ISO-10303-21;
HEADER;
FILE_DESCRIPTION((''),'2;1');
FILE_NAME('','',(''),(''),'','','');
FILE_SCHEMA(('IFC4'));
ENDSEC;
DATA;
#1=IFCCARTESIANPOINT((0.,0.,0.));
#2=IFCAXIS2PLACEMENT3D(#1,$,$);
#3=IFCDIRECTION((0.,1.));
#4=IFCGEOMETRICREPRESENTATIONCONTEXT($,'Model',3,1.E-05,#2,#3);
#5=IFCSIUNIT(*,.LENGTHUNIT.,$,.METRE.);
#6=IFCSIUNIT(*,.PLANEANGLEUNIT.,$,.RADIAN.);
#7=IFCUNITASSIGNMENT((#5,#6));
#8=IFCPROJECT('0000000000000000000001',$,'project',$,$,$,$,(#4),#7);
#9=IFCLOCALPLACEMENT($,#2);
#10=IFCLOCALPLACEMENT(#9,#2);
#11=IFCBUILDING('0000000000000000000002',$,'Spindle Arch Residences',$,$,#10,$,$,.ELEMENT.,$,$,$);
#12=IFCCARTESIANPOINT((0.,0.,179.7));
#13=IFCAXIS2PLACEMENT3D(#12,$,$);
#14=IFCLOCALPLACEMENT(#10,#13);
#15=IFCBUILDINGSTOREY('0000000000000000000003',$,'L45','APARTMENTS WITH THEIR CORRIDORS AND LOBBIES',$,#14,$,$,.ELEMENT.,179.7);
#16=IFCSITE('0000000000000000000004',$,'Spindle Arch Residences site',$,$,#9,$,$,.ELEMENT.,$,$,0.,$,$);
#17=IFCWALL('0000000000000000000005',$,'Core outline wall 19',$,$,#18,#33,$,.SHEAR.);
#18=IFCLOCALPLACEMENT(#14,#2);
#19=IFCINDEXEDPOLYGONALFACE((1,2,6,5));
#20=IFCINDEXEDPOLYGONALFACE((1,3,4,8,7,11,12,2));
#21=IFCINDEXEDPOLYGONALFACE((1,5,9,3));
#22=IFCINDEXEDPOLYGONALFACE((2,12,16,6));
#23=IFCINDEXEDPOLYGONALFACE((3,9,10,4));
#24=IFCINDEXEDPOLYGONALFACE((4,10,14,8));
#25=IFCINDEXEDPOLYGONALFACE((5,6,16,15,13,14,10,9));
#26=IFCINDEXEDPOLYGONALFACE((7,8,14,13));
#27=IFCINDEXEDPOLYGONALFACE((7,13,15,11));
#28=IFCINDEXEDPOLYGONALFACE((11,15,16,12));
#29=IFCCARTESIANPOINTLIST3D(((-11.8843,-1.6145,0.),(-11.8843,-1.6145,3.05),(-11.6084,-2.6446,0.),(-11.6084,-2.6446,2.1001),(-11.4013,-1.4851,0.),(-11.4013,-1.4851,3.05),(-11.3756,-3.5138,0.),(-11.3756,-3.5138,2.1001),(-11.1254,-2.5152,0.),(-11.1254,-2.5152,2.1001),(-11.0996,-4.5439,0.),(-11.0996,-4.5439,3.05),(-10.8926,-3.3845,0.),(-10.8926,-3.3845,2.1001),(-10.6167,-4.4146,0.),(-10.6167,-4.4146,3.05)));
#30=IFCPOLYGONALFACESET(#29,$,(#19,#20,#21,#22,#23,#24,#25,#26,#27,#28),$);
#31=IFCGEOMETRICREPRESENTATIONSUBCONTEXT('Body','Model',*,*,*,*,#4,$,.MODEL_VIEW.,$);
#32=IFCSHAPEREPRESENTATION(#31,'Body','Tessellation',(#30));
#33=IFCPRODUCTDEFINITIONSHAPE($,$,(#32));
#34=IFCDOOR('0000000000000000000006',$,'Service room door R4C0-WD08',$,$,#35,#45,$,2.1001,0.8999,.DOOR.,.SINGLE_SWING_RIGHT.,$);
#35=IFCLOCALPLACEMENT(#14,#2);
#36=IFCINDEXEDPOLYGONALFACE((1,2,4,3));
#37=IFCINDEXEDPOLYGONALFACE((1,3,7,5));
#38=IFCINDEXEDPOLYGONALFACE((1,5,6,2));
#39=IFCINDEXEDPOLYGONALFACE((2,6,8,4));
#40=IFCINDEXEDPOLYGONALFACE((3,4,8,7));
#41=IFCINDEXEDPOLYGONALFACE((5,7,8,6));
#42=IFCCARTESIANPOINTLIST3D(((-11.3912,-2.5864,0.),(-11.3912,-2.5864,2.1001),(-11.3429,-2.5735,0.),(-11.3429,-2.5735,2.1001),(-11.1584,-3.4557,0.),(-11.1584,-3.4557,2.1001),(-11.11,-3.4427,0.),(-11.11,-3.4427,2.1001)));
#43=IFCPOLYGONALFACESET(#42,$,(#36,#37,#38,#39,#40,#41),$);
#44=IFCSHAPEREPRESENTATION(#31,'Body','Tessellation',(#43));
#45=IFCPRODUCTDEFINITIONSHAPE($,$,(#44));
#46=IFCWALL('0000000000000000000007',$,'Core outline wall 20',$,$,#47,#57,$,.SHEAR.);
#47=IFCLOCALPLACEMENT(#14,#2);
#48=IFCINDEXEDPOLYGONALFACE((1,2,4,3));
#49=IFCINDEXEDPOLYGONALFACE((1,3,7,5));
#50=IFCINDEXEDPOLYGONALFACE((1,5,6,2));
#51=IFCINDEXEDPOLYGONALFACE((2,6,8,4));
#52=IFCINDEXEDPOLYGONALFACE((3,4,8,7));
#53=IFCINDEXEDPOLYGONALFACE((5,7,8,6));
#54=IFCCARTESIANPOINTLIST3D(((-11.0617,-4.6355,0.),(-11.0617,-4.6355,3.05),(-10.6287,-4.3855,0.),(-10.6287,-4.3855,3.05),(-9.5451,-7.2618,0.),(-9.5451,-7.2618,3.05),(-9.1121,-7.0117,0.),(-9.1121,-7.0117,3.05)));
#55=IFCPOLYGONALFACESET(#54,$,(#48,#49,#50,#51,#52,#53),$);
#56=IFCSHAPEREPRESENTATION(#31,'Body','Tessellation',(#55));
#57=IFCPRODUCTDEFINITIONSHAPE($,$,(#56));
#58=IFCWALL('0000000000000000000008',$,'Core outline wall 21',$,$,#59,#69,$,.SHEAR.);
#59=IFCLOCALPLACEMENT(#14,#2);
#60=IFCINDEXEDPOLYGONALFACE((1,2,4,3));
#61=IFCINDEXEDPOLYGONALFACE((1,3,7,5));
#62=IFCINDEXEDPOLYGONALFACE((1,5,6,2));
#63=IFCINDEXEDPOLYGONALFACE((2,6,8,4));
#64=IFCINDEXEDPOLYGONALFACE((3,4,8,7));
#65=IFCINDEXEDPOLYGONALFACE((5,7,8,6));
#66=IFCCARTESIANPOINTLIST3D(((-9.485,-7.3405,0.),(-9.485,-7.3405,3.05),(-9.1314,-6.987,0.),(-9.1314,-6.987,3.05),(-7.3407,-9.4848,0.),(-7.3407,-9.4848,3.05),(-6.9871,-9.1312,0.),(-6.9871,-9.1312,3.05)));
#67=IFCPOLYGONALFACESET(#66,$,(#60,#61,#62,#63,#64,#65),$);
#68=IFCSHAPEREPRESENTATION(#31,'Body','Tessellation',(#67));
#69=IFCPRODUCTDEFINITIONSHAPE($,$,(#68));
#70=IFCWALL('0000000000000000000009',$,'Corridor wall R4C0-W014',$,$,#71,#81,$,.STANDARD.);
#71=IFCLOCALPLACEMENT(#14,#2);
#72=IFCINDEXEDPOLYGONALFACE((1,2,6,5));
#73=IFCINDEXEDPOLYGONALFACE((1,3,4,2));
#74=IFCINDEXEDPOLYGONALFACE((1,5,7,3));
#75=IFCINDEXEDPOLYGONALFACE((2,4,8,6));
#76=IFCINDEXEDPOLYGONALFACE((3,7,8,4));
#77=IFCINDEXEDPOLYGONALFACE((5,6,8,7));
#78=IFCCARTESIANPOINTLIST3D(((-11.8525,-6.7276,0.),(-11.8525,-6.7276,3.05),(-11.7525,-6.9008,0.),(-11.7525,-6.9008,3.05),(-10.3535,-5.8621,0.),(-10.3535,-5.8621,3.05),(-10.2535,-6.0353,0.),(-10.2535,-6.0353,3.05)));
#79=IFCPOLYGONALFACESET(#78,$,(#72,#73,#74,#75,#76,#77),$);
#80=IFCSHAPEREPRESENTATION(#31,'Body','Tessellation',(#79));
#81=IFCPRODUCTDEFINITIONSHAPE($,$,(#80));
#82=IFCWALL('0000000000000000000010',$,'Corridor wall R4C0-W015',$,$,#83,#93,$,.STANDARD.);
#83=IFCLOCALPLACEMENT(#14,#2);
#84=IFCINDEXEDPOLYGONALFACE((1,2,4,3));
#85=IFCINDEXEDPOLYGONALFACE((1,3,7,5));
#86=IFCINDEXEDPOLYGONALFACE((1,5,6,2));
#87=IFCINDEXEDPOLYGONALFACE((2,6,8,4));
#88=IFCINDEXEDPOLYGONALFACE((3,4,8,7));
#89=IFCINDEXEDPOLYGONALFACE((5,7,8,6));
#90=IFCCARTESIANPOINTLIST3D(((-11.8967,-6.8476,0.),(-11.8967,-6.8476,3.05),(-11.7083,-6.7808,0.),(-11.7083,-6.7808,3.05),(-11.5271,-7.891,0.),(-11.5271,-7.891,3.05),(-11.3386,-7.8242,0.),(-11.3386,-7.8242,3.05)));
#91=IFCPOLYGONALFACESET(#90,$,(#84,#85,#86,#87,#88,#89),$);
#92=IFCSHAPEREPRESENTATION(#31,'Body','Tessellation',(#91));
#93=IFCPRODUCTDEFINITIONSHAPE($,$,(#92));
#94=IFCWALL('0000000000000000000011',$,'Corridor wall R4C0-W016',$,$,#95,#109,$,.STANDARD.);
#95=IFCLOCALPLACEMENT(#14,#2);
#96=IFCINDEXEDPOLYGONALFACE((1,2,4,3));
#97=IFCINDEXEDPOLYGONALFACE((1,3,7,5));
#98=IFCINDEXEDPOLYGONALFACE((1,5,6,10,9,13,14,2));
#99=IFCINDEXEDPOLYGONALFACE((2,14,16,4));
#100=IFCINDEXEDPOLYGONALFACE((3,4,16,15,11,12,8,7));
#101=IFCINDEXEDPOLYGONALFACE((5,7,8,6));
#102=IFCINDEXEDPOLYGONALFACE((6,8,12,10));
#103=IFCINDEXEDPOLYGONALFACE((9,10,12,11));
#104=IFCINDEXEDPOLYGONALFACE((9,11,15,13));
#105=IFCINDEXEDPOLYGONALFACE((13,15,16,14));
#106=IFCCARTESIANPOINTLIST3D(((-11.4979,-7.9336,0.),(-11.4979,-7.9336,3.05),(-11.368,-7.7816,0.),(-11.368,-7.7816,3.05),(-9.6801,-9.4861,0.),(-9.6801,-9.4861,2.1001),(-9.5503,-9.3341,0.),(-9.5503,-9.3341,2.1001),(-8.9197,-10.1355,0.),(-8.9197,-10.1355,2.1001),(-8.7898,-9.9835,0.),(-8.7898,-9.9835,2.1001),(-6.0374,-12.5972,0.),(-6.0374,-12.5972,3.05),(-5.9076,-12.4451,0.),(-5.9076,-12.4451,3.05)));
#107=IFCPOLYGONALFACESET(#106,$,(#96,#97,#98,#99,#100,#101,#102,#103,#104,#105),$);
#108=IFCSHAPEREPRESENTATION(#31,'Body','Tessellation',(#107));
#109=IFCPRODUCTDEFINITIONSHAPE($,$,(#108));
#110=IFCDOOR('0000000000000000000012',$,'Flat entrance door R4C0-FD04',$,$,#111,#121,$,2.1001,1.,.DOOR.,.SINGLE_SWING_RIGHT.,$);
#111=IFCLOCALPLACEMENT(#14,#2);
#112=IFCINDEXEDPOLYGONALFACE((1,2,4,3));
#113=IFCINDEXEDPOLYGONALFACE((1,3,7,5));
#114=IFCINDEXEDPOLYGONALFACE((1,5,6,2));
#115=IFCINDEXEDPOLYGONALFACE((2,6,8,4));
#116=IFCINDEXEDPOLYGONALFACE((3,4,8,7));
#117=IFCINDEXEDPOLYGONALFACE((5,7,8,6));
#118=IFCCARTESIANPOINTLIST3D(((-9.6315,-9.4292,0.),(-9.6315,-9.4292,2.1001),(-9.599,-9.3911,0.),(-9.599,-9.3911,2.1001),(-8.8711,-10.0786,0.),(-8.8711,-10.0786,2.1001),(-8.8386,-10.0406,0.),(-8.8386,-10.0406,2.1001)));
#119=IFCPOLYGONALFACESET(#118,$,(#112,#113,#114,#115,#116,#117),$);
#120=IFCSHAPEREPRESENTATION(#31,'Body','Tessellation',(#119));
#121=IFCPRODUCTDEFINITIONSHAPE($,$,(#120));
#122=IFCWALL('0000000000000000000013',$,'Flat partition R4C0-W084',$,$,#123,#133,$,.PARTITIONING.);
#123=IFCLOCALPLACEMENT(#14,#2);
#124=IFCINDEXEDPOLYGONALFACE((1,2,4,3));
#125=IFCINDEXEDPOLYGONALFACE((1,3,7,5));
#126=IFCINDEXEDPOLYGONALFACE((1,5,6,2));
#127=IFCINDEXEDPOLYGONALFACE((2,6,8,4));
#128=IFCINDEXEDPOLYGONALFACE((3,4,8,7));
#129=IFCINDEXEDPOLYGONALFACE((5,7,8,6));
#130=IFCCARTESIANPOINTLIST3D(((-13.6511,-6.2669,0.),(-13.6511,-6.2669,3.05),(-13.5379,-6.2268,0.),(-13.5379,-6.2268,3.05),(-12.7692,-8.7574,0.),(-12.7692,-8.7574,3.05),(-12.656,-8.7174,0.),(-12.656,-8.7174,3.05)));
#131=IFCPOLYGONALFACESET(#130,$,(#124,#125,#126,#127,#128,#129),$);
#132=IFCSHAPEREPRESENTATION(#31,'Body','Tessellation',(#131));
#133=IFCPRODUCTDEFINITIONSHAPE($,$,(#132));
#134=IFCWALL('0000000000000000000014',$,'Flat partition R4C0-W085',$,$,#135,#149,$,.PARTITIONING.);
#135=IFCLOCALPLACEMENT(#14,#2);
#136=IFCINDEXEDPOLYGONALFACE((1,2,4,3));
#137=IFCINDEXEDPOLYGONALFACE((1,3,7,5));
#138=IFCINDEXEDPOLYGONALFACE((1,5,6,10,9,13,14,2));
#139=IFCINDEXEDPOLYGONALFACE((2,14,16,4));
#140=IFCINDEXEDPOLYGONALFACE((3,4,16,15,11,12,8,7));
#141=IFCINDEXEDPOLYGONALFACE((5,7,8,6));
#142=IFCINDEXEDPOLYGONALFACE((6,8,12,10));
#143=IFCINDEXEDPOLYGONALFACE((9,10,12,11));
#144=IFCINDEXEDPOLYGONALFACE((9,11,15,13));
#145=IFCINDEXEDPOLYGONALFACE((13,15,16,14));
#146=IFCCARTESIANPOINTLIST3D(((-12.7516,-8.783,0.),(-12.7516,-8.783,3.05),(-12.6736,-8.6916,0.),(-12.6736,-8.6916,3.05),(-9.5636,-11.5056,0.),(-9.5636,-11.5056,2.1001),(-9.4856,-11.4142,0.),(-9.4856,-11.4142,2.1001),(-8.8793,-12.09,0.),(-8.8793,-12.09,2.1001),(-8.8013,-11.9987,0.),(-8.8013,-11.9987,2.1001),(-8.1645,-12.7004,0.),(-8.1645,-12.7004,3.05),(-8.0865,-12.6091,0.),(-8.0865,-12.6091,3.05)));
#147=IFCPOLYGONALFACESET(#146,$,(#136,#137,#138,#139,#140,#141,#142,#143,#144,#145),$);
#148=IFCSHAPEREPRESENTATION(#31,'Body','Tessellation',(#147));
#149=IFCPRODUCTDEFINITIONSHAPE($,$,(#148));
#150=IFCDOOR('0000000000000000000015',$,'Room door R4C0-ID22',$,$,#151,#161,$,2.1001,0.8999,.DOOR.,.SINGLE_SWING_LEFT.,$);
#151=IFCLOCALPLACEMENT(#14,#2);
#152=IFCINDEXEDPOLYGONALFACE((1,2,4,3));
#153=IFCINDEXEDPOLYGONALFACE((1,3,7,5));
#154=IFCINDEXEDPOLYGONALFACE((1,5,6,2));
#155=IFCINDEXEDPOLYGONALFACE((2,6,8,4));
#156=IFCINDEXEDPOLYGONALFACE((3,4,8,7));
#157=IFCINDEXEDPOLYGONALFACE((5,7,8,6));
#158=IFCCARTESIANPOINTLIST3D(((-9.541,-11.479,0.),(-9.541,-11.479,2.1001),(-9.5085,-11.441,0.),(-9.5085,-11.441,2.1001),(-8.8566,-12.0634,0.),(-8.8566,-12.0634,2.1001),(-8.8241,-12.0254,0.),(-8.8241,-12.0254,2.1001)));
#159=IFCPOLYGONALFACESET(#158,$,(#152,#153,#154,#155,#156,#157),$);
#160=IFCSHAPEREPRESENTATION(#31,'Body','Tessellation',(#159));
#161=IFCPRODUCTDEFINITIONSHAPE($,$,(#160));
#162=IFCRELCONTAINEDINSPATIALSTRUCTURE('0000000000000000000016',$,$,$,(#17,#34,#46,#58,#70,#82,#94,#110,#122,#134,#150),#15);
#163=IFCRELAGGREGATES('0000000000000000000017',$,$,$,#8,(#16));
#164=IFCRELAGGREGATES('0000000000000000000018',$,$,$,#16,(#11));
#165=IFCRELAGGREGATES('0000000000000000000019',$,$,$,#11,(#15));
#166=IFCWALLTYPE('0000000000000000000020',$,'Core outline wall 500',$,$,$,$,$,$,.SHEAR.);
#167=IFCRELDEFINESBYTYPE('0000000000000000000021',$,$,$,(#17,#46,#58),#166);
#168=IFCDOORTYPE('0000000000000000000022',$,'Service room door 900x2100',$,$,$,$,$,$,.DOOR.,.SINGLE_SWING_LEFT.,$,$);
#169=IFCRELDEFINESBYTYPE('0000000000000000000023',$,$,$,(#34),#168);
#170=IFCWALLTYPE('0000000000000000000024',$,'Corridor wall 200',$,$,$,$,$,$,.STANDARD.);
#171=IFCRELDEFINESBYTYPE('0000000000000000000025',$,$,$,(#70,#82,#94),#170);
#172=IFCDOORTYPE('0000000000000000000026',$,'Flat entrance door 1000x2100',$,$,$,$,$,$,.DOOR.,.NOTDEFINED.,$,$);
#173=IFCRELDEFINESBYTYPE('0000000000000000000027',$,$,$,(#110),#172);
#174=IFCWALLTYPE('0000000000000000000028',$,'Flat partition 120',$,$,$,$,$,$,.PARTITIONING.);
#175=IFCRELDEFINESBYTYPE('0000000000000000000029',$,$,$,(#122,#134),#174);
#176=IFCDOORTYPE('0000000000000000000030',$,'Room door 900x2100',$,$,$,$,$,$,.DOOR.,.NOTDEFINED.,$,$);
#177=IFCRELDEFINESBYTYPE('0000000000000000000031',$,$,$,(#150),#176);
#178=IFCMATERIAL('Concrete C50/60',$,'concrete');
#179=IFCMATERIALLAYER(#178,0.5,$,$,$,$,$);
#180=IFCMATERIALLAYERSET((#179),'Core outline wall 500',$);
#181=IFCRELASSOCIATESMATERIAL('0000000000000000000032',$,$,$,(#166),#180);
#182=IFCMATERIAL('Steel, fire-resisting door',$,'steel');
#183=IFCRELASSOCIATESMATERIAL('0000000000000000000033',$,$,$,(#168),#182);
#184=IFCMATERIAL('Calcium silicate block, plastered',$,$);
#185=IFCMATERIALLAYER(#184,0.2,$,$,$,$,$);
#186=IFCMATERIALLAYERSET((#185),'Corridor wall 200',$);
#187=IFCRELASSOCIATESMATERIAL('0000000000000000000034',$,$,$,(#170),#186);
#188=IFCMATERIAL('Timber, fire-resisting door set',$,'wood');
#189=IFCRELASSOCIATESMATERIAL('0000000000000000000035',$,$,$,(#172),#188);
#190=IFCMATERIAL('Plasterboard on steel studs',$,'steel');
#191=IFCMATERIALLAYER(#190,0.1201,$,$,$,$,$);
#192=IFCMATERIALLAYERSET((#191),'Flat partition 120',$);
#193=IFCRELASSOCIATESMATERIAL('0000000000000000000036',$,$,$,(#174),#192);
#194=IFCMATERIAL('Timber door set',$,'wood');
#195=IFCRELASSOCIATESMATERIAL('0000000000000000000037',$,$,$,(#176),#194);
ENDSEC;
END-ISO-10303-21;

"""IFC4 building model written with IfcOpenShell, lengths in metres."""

from ifc_helpers import new_model, si_unit, direction, frame, frame_2d, origin, place, context, subcontext, project, spatial, rectangle, extrude, material, layer, layer_set, type_object, element, fill, save


model = new_model("IFC4")

# Units and contexts
model_context = context("Model", 3, precision=1e-05, world=origin(), true_north=direction((0.0, 1.0)))
body_context = subcontext(model_context, "Body", "Model", "MODEL_VIEW")
ifc_project = project(units=[si_unit("LENGTHUNIT", "METRE"), si_unit("PLANEANGLEUNIT", "RADIAN")], contexts=[model_context])

# Site, building, storey
site_placement = place(None, origin())
site = spatial("IfcSite", under=ifc_project, at=site_placement, Name="Spindle Arch Residences site", CompositionType="ELEMENT", RefElevation=0.0)
building_placement = place(site_placement, origin())
building = spatial("IfcBuilding", under=site, at=building_placement, Name="Spindle Arch Residences", CompositionType="ELEMENT")
storey_placement = place(building_placement, frame((0.0, 0.0, 179.7)))
storey = spatial("IfcBuildingStorey", under=building, at=storey_placement, Name="L45", Description="APARTMENTS WITH THEIR CORRIDORS AND LOBBIES", CompositionType="ELEMENT", Elevation=179.7)

# Wall, opening, door
ifc_material_1 = material(Name="Concrete C50/60", Category="concrete")
ifc_layer_1 = layer(ifc_material_1, 0.5)
ifc_layer_set_1 = layer_set([ifc_layer_1], Name="Core outline wall 500")
wall_type_1 = type_object("IfcWallType", Name="Core outline wall 500", PredefinedType="SHEAR", material=ifc_layer_set_1)
wall_1_placement = place(storey_placement, frame((-11.6428, -1.5498, 0.0), z_axis=(0.0, 0.0, 1.0), x_axis=(0.258735, -0.965948, 0.0)))
wall_1 = element("IfcWall", 1, at=wall_1_placement, inside=storey, type_object=wall_type_1, Name="Core outline wall 19", PredefinedType="SHEAR", context=body_context, shape_type="SweptSolid", body=[
    extrude(rectangle(XDim=3.0327, YDim=0.5, at=frame_2d((1.5164, 0.0))), origin(), (0.0, 0.0, 1.0), 3.05),
])
opening_1_placement = place(wall_1_placement, frame((1.0664, 0.0, 0.0)))
opening_1 = element("IfcOpeningElement", 2, at=opening_1_placement, cuts=wall_1, PredefinedType="OPENING", context=body_context, shape_type="SweptSolid", body=[
    extrude(rectangle(XDim=0.8999, YDim=2.1001, at=frame_2d((0.45, 1.05))), frame((0.0, 0.26, 0.0), z_axis=(0.0, -1.0, 0.0), x_axis=(1.0, 0.0, 0.0)), (0.0, 0.0, 1.0), 0.52),
])
ifc_material_2 = material(Name="Steel, fire-resisting door", Category="steel")
door_type_1 = type_object("IfcDoorType", Name="Service room door 900x2100", OperationType="SINGLE_SWING_LEFT", PredefinedType="DOOR", material=ifc_material_2)
door_1_placement = place(opening_1_placement, origin())
door_1 = element("IfcDoor", 3, at=door_1_placement, inside=storey, type_object=door_type_1, Name="Service room door R4C0-WD08", OperationType="SINGLE_SWING_RIGHT", OverallHeight=2.1001, OverallWidth=0.8999, PredefinedType="DOOR", context=body_context, shape_type="SweptSolid", body=[
    extrude(rectangle(XDim=0.8999, YDim=2.1001, at=frame_2d((0.45, 1.05))), frame((0.0, 0.0249, 0.0), z_axis=(0.0, -1.0, 0.0), x_axis=(1.0, 0.0, 0.0)), (0.0, 0.0, 1.0), 0.05),
])
fill(opening_1, door_1)

# Walls
wall_2_placement = place(storey_placement, frame((-10.8452, -4.5105, 0.0), z_axis=(0.0, 0.0, 1.0), x_axis=(0.500087, -0.865975, 0.0)))
element("IfcWall", 4, at=wall_2_placement, inside=storey, type_object=wall_type_1, Name="Core outline wall 20", PredefinedType="SHEAR", context=body_context, shape_type="SweptSolid", body=[
    extrude(rectangle(XDim=3.0327, YDim=0.5, at=frame_2d((1.5164, 0.0))), origin(), (0.0, 0.0, 1.0), 3.05),
])
wall_3_placement = place(storey_placement, frame((-9.3081, -7.1638, 0.0), z_axis=(0.0, 0.0, 1.0), x_axis=(0.707107, -0.707107, 0.0)))
element("IfcWall", 5, at=wall_3_placement, inside=storey, type_object=wall_type_1, Name="Core outline wall 21", PredefinedType="SHEAR", context=body_context, shape_type="SweptSolid", body=[
    extrude(rectangle(XDim=3.0325, YDim=0.5, at=frame_2d((1.5161, 0.0))), origin(), (0.0, 0.0, 1.0), 3.05),
])
ifc_material_3 = material(Name="Calcium silicate block, plastered")
ifc_layer_2 = layer(ifc_material_3, 0.2)
ifc_layer_set_2 = layer_set([ifc_layer_2], Name="Corridor wall 200")
wall_type_2 = type_object("IfcWallType", Name="Corridor wall 200", PredefinedType="STANDARD", material=ifc_layer_set_2)
wall_4_placement = place(storey_placement, frame((-10.3035, -5.9487, 0.0), z_axis=(0.0, 0.0, 1.0), x_axis=(-0.866021, -0.500007, 0.0)))
element("IfcWall", 6, at=wall_4_placement, inside=storey, type_object=wall_type_2, Name="Corridor wall R4C0-W014", PredefinedType="STANDARD", context=body_context, shape_type="SweptSolid", body=[
    extrude(rectangle(XDim=1.731, YDim=0.2, at=frame_2d((0.8655, 0.0))), origin(), (0.0, 0.0, 1.0), 3.05),
])
wall_5_placement = place(storey_placement, frame((-11.8025, -6.8142, 0.0), z_axis=(0.0, 0.0, 1.0), x_axis=(0.333904, -0.942607, 0.0)))
element("IfcWall", 7, at=wall_5_placement, inside=storey, type_object=wall_type_2, Name="Corridor wall R4C0-W015", PredefinedType="STANDARD", context=body_context, shape_type="SweptSolid", body=[
    extrude(rectangle(XDim=1.1069, YDim=0.2, at=frame_2d((0.5535, 0.0))), origin(), (0.0, 0.0, 1.0), 3.05),
])

# Wall, opening, door
wall_6_placement = place(storey_placement, frame((-11.4329, -7.8577, 0.0), z_axis=(0.0, 0.0, 1.0), x_axis=(0.760412, -0.649441, 0.0)))
wall_6 = element("IfcWall", 8, at=wall_6_placement, inside=storey, type_object=wall_type_2, Name="Corridor wall R4C0-W016", PredefinedType="STANDARD", context=body_context, shape_type="SweptSolid", body=[
    extrude(rectangle(XDim=7.1809, YDim=0.2, at=frame_2d((3.5903, 0.0))), origin(), (0.0, 0.0, 1.0), 3.05),
])
opening_2_placement = place(wall_6_placement, frame((2.3904, 0.0, 0.0)))
opening_2 = element("IfcOpeningElement", 9, at=opening_2_placement, cuts=wall_6, PredefinedType="OPENING", context=body_context, shape_type="SweptSolid", body=[
    extrude(rectangle(XDim=1.0, YDim=2.1001, at=frame_2d((0.5, 1.05))), frame((0.0, 0.1099, 0.0), z_axis=(0.0, -1.0, 0.0), x_axis=(1.0, 0.0, 0.0)), (0.0, 0.0, 1.0), 0.22),
])
ifc_material_4 = material(Name="Timber, fire-resisting door set", Category="wood")
door_type_2 = type_object("IfcDoorType", Name="Flat entrance door 1000x2100", OperationType="NOTDEFINED", PredefinedType="DOOR", material=ifc_material_4)
door_2_placement = place(opening_2_placement, origin())
door_2 = element("IfcDoor", 10, at=door_2_placement, inside=storey, type_object=door_type_2, Name="Flat entrance door R4C0-FD04", OperationType="SINGLE_SWING_RIGHT", OverallHeight=2.1001, OverallWidth=1.0, PredefinedType="DOOR", context=body_context, shape_type="SweptSolid", body=[
    extrude(rectangle(XDim=1.0, YDim=2.1001, at=frame_2d((0.5, 1.05))), frame((0.0, 0.0249, 0.0), z_axis=(0.0, -1.0, 0.0), x_axis=(1.0, 0.0, 0.0)), (0.0, 0.0, 1.0), 0.05),
])
fill(opening_2, door_2)

# Wall
ifc_material_5 = material(Name="Plasterboard on steel studs", Category="steel")
ifc_layer_3 = layer(ifc_material_5, 0.1201)
ifc_layer_set_3 = layer_set([ifc_layer_3], Name="Flat partition 120")
wall_type_3 = type_object("IfcWallType", Name="Flat partition 120", PredefinedType="PARTITIONING", material=ifc_layer_set_3)
wall_7_placement = place(storey_placement, frame((-13.5945, -6.2468, 0.0), z_axis=(0.0, 0.0, 1.0), x_axis=(0.333777, -0.942652, 0.0)))
element("IfcWall", 11, at=wall_7_placement, inside=storey, type_object=wall_type_3, Name="Flat partition R4C0-W084", PredefinedType="PARTITIONING", context=body_context, shape_type="SweptSolid", body=[
    extrude(rectangle(XDim=2.6421, YDim=0.1201, at=frame_2d((1.321, 0.0))), origin(), (0.0, 0.0, 1.0), 3.05),
])

# Wall, opening, door
wall_8_placement = place(storey_placement, frame((-12.7126, -8.7373, 0.0), z_axis=(0.0, 0.0, 1.0), x_axis=(0.760432, -0.649417, 0.0)))
wall_8 = element("IfcWall", 12, at=wall_8_placement, inside=storey, type_object=wall_type_3, Name="Flat partition R4C0-W085", PredefinedType="PARTITIONING", context=body_context, shape_type="SweptSolid", body=[
    extrude(rectangle(XDim=6.0322, YDim=0.1201, at=frame_2d((3.0161, 0.0))), origin(), (0.0, 0.0, 1.0), 3.05),
])
opening_3_placement = place(wall_8_placement, frame((4.1924, 0.0, 0.0)))
opening_3 = element("IfcOpeningElement", 13, at=opening_3_placement, cuts=wall_8, PredefinedType="OPENING", context=body_context, shape_type="SweptSolid", body=[
    extrude(rectangle(XDim=0.8999, YDim=2.1001, at=frame_2d((0.45, 1.05))), frame((0.0, 0.0701, 0.0), z_axis=(0.0, -1.0, 0.0), x_axis=(1.0, 0.0, 0.0)), (0.0, 0.0, 1.0), 0.1401),
])
ifc_material_6 = material(Name="Timber door set", Category="wood")
door_type_3 = type_object("IfcDoorType", Name="Room door 900x2100", OperationType="NOTDEFINED", PredefinedType="DOOR", material=ifc_material_6)
door_3_placement = place(opening_3_placement, origin())
door_3 = element("IfcDoor", 14, at=door_3_placement, inside=storey, type_object=door_type_3, Name="Room door R4C0-ID22", OperationType="SINGLE_SWING_LEFT", OverallHeight=2.1001, OverallWidth=0.8999, PredefinedType="DOOR", context=body_context, shape_type="SweptSolid", body=[
    extrude(rectangle(XDim=0.8999, YDim=2.1001, at=frame_2d((0.45, 1.05))), frame((0.0, 0.0249, 0.0), z_axis=(0.0, -1.0, 0.0), x_axis=(1.0, 0.0, 0.0)), (0.0, 0.0, 1.0), 0.05),
])
fill(opening_3, door_3)

save(model, "model.ifc")
